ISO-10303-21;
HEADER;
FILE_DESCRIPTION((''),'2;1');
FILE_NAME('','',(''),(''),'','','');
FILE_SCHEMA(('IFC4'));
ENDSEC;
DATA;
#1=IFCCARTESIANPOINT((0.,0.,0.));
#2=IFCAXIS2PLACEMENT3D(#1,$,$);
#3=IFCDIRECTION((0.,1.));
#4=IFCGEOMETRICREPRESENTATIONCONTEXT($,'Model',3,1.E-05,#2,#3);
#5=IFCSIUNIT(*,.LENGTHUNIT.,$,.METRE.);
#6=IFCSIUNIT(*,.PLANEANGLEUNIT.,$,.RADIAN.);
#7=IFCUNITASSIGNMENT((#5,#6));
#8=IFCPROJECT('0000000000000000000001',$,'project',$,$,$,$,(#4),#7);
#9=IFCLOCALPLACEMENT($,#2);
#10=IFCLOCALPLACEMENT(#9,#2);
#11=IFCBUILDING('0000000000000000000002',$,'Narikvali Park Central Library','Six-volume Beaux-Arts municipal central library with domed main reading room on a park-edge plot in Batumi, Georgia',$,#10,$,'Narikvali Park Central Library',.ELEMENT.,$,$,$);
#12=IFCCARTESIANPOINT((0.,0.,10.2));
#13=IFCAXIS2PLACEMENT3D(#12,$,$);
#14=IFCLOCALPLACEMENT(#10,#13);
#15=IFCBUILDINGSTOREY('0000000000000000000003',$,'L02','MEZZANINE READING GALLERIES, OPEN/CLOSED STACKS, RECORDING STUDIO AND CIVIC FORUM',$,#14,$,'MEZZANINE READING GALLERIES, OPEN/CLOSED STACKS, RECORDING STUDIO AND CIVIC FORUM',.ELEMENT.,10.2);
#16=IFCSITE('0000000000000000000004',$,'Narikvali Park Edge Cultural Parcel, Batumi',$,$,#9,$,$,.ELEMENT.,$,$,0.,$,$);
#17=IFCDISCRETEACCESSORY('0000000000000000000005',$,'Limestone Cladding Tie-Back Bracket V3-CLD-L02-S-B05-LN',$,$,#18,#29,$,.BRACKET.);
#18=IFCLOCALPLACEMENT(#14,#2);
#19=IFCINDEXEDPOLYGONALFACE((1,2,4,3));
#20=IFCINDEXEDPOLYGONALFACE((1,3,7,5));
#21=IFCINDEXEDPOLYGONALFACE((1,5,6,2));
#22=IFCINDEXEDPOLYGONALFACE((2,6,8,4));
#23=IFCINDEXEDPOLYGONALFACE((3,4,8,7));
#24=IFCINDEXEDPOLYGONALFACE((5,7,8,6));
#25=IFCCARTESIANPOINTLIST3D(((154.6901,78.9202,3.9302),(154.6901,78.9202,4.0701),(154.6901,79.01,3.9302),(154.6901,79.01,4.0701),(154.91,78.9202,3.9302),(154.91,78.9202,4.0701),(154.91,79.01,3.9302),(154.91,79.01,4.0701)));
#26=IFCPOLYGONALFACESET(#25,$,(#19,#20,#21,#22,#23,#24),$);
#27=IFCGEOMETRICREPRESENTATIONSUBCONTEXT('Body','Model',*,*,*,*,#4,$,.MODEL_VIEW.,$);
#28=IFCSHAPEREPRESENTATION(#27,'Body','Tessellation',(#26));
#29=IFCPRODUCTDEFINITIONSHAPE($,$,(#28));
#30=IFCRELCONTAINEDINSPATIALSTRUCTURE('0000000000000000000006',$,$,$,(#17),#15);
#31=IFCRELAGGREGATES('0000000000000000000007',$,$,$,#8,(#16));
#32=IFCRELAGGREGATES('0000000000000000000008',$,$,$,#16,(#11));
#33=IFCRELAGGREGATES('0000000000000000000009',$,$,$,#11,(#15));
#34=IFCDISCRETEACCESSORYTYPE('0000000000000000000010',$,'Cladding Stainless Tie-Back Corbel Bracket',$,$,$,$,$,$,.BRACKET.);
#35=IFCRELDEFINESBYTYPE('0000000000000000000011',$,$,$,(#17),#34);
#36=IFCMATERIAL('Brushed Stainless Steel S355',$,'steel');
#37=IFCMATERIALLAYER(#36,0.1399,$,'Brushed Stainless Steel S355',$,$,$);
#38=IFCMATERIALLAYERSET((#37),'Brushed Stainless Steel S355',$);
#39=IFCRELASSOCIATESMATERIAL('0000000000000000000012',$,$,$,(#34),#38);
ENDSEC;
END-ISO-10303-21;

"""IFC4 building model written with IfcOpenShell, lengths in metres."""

from ifc_helpers import new_model, si_unit, direction, frame, origin, origin_2d, place, context, subcontext, project, spatial, rectangle, extrude, material, layer, layer_set, type_object, element, save


model = new_model("IFC4")

# Units and contexts
model_context = context("Model", 3, precision=1e-05, world=origin(), true_north=direction((0.0, 1.0)))
body_context = subcontext(model_context, "Body", "Model", "MODEL_VIEW")
ifc_project = project(units=[si_unit("LENGTHUNIT", "METRE"), si_unit("PLANEANGLEUNIT", "RADIAN")], contexts=[model_context])

# Site, building, storey
site_placement = place(None, origin())
site = spatial("IfcSite", under=ifc_project, at=site_placement, Name="Narikvali Park Edge Cultural Parcel, Batumi", CompositionType="ELEMENT", RefElevation=0.0)
building_placement = place(site_placement, origin())
building = spatial("IfcBuilding", under=site, at=building_placement, Name="Narikvali Park Central Library", Description="Six-volume Beaux-Arts municipal central library with domed main reading room on a park-edge plot in Batumi, Georgia", LongName="Narikvali Park Central Library", CompositionType="ELEMENT")
storey_placement = place(building_placement, frame((0.0, 0.0, 10.2)))
storey = spatial("IfcBuildingStorey", under=building, at=storey_placement, Name="L02", Description="MEZZANINE READING GALLERIES, OPEN/CLOSED STACKS, RECORDING STUDIO AND CIVIC FORUM", LongName="MEZZANINE READING GALLERIES, OPEN/CLOSED STACKS, RECORDING STUDIO AND CIVIC FORUM", CompositionType="ELEMENT", Elevation=10.2)

# Discrete accessory
ifc_material_1 = material(Name="Brushed Stainless Steel S355", Category="steel")
ifc_layer_1 = layer(ifc_material_1, 0.1399, Name="Brushed Stainless Steel S355")
ifc_layer_set_1 = layer_set([ifc_layer_1], Name="Brushed Stainless Steel S355")
discrete_accessory_type = type_object("IfcDiscreteAccessoryType", Name="Cladding Stainless Tie-Back Corbel Bracket", PredefinedType="BRACKET", material=ifc_layer_set_1)
discrete_accessory_1_placement = place(storey_placement, frame((154.8, 78.9651, 3.9302), z_axis=(0.0, 0.0, 1.0), x_axis=(1.0, 0.0, 0.0)))
element("IfcDiscreteAccessory", 1, at=discrete_accessory_1_placement, inside=storey, type_object=discrete_accessory_type, Name="Limestone Cladding Tie-Back Bracket V3-CLD-L02-S-B05-LN", PredefinedType="BRACKET", context=body_context, shape_type="SweptSolid", body=[
    extrude(rectangle(XDim=0.22, YDim=0.0898, at=origin_2d()), origin(), (0.0, 0.0, 1.0), 0.1399),
])

save(model, "model.ifc")
